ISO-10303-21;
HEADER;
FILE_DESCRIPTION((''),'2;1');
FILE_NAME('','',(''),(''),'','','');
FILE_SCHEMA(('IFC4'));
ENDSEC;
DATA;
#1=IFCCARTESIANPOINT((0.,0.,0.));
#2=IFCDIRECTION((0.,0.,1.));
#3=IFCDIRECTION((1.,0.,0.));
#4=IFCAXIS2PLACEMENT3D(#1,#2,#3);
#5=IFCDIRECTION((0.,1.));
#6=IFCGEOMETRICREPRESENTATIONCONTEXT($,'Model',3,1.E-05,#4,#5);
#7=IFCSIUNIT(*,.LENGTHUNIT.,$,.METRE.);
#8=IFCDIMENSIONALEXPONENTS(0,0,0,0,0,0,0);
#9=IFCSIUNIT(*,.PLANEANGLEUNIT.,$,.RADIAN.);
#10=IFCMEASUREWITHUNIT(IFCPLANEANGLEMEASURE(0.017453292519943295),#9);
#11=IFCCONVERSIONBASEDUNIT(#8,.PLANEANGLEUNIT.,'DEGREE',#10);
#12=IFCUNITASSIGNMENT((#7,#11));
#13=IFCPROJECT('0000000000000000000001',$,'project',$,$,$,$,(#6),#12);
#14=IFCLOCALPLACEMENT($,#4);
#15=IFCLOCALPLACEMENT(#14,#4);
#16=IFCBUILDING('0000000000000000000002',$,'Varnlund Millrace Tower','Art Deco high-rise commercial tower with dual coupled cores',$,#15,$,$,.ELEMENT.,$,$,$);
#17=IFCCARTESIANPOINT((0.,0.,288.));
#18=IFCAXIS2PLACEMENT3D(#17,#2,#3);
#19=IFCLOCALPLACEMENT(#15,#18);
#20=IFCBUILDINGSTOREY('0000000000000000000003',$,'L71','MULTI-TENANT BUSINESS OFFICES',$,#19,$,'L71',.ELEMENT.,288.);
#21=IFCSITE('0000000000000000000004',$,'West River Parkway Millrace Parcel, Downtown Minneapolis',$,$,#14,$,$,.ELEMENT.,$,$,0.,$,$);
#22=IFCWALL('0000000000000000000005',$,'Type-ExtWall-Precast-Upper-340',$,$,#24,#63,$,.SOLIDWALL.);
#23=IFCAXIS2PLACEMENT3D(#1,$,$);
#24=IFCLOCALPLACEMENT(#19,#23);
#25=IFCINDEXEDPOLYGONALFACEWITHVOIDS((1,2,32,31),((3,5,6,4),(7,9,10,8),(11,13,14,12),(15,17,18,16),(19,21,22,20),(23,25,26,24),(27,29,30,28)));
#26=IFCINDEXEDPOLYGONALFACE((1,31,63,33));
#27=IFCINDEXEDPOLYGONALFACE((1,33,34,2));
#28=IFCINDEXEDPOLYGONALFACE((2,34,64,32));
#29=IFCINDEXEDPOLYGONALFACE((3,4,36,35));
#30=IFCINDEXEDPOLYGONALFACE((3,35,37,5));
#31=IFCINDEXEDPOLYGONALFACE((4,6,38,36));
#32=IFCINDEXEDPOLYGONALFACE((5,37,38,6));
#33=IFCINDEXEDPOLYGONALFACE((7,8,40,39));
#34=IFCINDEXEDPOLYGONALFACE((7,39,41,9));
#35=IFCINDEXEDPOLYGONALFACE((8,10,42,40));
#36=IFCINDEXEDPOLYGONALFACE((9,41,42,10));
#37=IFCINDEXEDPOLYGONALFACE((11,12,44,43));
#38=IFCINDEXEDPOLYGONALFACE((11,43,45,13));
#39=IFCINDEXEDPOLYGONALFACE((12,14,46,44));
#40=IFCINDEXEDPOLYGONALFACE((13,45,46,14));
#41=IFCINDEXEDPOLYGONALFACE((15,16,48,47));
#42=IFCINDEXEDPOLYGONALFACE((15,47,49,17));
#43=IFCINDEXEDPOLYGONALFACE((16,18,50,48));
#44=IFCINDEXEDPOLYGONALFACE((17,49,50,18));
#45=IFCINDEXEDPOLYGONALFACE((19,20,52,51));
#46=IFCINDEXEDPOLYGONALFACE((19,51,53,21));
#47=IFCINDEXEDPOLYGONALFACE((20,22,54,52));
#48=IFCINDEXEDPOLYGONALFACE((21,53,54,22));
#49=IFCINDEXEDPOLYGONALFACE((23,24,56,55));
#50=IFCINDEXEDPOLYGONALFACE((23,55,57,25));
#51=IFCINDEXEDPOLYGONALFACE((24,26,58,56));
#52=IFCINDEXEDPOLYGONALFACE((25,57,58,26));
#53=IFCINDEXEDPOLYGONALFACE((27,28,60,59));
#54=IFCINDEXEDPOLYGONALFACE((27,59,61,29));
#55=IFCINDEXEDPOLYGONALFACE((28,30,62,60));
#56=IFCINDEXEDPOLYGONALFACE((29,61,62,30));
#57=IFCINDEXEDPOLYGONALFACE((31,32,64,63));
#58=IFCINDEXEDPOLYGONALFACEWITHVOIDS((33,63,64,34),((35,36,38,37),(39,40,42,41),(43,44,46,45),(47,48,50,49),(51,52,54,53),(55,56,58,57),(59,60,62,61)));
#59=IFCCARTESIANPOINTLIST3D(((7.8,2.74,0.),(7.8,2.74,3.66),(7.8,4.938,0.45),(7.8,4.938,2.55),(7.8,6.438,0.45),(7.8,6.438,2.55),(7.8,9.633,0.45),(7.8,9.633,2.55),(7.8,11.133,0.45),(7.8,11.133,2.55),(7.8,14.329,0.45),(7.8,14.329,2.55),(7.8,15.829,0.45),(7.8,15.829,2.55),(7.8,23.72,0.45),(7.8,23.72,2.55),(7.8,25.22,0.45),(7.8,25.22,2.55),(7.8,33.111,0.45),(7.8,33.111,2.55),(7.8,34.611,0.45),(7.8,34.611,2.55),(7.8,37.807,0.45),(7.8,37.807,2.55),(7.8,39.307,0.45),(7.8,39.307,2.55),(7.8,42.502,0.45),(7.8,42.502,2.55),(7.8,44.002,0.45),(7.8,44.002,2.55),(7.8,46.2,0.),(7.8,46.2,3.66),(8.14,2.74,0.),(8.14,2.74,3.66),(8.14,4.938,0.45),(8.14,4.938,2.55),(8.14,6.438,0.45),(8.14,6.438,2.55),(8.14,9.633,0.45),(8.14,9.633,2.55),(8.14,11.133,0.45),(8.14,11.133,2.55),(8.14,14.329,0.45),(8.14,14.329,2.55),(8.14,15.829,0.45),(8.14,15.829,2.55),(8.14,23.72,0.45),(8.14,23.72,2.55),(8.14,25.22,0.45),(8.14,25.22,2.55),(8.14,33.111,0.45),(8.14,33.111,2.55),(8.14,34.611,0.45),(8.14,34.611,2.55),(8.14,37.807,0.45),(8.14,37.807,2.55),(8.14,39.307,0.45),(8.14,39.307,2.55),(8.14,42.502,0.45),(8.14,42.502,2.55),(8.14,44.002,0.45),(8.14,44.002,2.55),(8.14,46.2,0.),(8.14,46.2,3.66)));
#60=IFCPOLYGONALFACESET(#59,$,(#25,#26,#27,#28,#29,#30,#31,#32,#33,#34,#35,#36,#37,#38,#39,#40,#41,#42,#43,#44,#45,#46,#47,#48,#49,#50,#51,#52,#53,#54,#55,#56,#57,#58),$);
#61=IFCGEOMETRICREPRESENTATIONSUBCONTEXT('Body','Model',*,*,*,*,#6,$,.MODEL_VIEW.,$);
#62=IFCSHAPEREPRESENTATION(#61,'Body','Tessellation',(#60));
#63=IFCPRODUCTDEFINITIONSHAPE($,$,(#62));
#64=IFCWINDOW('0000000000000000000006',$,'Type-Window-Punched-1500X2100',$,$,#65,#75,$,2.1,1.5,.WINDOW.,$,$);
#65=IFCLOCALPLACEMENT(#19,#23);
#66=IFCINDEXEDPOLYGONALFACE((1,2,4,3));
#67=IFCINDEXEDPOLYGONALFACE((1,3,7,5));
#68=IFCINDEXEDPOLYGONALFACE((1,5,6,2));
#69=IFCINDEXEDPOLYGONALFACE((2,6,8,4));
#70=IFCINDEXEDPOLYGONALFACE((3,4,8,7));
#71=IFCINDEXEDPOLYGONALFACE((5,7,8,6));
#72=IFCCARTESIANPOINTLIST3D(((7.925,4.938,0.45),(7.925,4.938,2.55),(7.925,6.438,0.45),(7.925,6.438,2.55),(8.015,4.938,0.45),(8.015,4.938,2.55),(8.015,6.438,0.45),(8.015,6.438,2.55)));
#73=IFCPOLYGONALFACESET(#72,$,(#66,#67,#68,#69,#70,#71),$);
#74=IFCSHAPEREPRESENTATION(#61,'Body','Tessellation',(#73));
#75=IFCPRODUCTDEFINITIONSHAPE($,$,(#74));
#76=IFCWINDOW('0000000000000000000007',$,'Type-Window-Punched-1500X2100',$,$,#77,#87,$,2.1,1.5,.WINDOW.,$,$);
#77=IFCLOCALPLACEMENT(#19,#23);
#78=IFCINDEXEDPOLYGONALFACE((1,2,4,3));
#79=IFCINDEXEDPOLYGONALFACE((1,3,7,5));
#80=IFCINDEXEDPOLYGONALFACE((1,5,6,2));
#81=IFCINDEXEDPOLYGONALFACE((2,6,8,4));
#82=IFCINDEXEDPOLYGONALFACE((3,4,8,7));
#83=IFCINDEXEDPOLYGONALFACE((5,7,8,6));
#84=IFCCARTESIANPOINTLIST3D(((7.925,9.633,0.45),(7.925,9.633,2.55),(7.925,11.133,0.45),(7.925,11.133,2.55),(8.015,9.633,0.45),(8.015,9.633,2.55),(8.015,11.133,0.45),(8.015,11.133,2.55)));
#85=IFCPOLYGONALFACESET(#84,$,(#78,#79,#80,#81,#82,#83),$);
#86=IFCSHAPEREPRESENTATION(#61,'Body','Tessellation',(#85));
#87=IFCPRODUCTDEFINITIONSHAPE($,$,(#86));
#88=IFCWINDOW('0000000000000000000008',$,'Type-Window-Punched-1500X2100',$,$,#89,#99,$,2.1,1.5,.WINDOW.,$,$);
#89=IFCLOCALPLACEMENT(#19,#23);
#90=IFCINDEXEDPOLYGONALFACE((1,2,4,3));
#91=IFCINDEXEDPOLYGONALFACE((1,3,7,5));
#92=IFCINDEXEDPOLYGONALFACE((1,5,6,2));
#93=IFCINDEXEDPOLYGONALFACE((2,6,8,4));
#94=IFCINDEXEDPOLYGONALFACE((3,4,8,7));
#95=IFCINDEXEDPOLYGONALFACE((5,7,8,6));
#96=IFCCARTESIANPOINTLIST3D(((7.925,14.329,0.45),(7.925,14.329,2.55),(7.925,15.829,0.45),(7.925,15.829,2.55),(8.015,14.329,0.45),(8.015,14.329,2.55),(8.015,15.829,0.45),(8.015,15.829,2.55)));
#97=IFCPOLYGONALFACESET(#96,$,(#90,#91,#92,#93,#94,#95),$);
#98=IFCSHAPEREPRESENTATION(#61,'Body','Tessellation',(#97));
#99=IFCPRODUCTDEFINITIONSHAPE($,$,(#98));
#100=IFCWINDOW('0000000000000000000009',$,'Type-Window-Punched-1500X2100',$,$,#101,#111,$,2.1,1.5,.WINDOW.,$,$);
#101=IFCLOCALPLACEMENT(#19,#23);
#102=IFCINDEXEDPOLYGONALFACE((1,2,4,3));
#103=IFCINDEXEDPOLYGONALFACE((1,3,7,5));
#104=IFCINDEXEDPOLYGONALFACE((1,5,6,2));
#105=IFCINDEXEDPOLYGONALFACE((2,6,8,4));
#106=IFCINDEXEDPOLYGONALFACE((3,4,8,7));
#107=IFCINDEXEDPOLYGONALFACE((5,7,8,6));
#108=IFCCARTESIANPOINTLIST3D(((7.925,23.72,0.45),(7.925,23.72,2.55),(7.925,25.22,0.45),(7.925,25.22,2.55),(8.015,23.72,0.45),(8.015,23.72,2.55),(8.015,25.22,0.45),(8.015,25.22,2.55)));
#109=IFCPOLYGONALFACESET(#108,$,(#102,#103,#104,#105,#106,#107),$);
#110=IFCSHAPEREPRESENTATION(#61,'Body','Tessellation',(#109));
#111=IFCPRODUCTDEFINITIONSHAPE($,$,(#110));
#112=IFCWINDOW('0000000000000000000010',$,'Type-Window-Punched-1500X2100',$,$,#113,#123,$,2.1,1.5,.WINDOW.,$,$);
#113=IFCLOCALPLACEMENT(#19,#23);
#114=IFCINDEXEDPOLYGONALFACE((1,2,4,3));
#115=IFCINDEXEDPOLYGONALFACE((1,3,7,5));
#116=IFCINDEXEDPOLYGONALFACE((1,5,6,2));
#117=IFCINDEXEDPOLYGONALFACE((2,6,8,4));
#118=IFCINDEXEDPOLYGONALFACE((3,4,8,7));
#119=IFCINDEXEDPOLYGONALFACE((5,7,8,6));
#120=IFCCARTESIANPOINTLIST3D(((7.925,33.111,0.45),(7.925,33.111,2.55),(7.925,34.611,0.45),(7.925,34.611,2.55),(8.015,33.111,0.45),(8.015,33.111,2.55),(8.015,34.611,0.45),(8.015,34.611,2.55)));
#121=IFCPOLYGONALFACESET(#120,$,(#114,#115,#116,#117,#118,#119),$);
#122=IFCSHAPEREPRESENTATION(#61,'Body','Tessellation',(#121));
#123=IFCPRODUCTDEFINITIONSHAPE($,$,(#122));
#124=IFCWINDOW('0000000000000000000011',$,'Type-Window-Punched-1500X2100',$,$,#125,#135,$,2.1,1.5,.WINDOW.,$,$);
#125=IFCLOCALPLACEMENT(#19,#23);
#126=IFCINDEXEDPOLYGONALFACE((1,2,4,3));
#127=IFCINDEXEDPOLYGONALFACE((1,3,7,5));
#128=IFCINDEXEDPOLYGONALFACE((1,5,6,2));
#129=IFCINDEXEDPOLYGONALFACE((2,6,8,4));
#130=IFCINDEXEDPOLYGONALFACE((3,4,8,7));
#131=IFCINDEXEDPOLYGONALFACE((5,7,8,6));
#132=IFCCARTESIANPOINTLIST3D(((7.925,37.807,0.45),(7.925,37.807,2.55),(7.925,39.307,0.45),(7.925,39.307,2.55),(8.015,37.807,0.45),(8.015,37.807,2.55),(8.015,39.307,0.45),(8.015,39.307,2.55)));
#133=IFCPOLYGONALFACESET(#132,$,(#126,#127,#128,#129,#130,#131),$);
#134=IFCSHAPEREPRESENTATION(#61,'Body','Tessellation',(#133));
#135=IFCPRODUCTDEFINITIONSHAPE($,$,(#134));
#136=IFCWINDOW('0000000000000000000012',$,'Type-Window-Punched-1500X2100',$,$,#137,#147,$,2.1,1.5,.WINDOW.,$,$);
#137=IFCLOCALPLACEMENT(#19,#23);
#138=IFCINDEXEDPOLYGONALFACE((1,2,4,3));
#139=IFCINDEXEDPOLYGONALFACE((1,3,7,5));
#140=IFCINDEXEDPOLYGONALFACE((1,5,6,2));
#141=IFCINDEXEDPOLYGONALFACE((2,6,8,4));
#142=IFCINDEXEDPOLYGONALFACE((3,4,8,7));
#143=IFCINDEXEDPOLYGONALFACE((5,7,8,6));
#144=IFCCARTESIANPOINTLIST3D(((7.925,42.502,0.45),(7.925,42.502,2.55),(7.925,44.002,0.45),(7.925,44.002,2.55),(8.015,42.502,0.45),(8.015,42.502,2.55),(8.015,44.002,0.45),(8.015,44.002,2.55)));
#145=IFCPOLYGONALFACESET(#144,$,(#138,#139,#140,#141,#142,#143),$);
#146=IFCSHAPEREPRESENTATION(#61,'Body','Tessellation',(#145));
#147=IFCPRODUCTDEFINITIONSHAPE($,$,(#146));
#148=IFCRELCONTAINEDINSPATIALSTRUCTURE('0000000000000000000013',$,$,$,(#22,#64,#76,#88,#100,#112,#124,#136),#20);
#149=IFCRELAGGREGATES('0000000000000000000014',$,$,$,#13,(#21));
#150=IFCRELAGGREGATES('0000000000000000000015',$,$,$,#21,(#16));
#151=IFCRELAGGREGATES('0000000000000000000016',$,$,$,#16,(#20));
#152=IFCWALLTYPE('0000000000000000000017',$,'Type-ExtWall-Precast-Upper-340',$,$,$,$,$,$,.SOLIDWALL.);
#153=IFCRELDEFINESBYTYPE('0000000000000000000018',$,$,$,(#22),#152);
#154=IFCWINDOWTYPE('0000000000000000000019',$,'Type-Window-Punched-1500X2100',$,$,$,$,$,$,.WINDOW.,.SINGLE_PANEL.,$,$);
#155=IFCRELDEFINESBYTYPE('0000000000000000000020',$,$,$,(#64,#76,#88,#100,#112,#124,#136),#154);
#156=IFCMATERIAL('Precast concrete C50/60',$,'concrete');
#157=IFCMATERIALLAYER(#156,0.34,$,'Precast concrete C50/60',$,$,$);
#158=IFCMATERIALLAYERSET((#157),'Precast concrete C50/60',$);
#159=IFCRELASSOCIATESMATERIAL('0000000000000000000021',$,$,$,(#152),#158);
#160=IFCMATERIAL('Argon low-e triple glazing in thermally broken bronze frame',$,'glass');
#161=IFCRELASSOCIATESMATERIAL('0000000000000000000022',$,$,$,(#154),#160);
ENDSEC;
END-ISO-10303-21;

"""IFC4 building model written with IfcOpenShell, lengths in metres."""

from ifc_helpers import new_model, entity, si_unit, converted_unit, direction, frame, origin_with_axes, origin_2d_with_axis, place, context, subcontext, project, spatial, polyline, rectangle, outline, extrude, material, layer, layer_set, type_object, element, fill, save


model = new_model("IFC4")

# Units and contexts
model_context = context("Model", 3, precision=1e-05, world=origin_with_axes(), true_north=direction((0.0, 1.0)))
body_context = subcontext(model_context, "Body", "Model", "MODEL_VIEW")
ifc_project = project(units=[si_unit("LENGTHUNIT", "METRE"), converted_unit("PLANEANGLEUNIT", "DEGREE", entity("IfcPlaneAngleMeasure", 0.017453292519943295), si_unit("PLANEANGLEUNIT", "RADIAN"), dimensions=[0, 0, 0, 0, 0, 0, 0])], contexts=[model_context])

# Site, building, storey
site_placement = place(None, origin_with_axes())
site = spatial("IfcSite", under=ifc_project, at=site_placement, Name="West River Parkway Millrace Parcel, Downtown Minneapolis", CompositionType="ELEMENT", RefElevation=0.0)
building_placement = place(site_placement, origin_with_axes())
building = spatial("IfcBuilding", under=site, at=building_placement, Name="Varnlund Millrace Tower", Description="Art Deco high-rise commercial tower with dual coupled cores", CompositionType="ELEMENT")
storey_placement = place(building_placement, frame((0.0, 0.0, 288.0), z_axis=(0.0, 0.0, 1.0), x_axis=(1.0, 0.0, 0.0)))
storey = spatial("IfcBuildingStorey", under=building, at=storey_placement, Name="L71", Description="MULTI-TENANT BUSINESS OFFICES", LongName="L71", CompositionType="ELEMENT", Elevation=288.0)

# Shared definitions
ifc_material_1 = material(Name="Precast concrete C50/60", Category="concrete")
ifc_layer_1 = layer(ifc_material_1, 0.34, Name="Precast concrete C50/60")
ifc_layer_set_1 = layer_set([ifc_layer_1], Name="Precast concrete C50/60")
wall_type_1 = type_object("IfcWallType", Name="Type-ExtWall-Precast-Upper-340", PredefinedType="SOLIDWALL", material=ifc_layer_set_1)

# Wall, openings, windows
wall_1_placement = place(storey_placement, frame((7.97, 2.74, 0.0), z_axis=(0.0, 0.0, 1.0), x_axis=(0.0, 1.0, 0.0)))
wall_1 = element("IfcWall", 1, at=wall_1_placement, inside=storey, type_object=wall_type_1, Name="Type-ExtWall-Precast-Upper-340", PredefinedType="SOLIDWALL", context=body_context, shape_type="SweptSolid", body=[
    extrude(outline(polyline([(0.0, -0.17), (43.46, -0.17), (43.46, 0.17), (0.0, 0.17), (0.0, -0.17)])), origin_with_axes(), (0.0, 0.0, 1.0), 3.66),
])
opening_1_placement = place(wall_1_placement, frame((2.948, 0.0, 0.45), z_axis=(0.0, 0.0, 1.0), x_axis=(1.0, 0.0, 0.0)))
opening_1 = element("IfcOpeningElement", 2, at=opening_1_placement, cuts=wall_1, PredefinedType="OPENING", context=body_context, shape_type="SweptSolid", body=[
    extrude(rectangle(XDim=1.5, YDim=0.36, at=origin_2d_with_axis()), origin_with_axes(), (0.0, 0.0, 1.0), 2.1),
])
opening_2_placement = place(wall_1_placement, frame((7.643, 0.0, 0.45), z_axis=(0.0, 0.0, 1.0), x_axis=(1.0, 0.0, 0.0)))
opening_2 = element("IfcOpeningElement", 3, at=opening_2_placement, cuts=wall_1, PredefinedType="OPENING", context=body_context, shape_type="SweptSolid", body=[
    extrude(rectangle(XDim=1.5, YDim=0.36, at=origin_2d_with_axis()), origin_with_axes(), (0.0, 0.0, 1.0), 2.1),
])
opening_3_placement = place(wall_1_placement, frame((12.339, 0.0, 0.45), z_axis=(0.0, 0.0, 1.0), x_axis=(1.0, 0.0, 0.0)))
opening_3 = element("IfcOpeningElement", 4, at=opening_3_placement, cuts=wall_1, PredefinedType="OPENING", context=body_context, shape_type="SweptSolid", body=[
    extrude(rectangle(XDim=1.5, YDim=0.36, at=origin_2d_with_axis()), origin_with_axes(), (0.0, 0.0, 1.0), 2.1),
])
opening_4_placement = place(wall_1_placement, frame((21.73, 0.0, 0.45), z_axis=(0.0, 0.0, 1.0), x_axis=(1.0, 0.0, 0.0)))
opening_4 = element("IfcOpeningElement", 5, at=opening_4_placement, cuts=wall_1, PredefinedType="OPENING", context=body_context, shape_type="SweptSolid", body=[
    extrude(rectangle(XDim=1.5, YDim=0.36, at=origin_2d_with_axis()), origin_with_axes(), (0.0, 0.0, 1.0), 2.1),
])
opening_5_placement = place(wall_1_placement, frame((31.121, 0.0, 0.45), z_axis=(0.0, 0.0, 1.0), x_axis=(1.0, 0.0, 0.0)))
opening_5 = element("IfcOpeningElement", 6, at=opening_5_placement, cuts=wall_1, PredefinedType="OPENING", context=body_context, shape_type="SweptSolid", body=[
    extrude(rectangle(XDim=1.5, YDim=0.36, at=origin_2d_with_axis()), origin_with_axes(), (0.0, 0.0, 1.0), 2.1),
])
opening_6_placement = place(wall_1_placement, frame((35.817, 0.0, 0.45), z_axis=(0.0, 0.0, 1.0), x_axis=(1.0, 0.0, 0.0)))
opening_6 = element("IfcOpeningElement", 7, at=opening_6_placement, cuts=wall_1, PredefinedType="OPENING", context=body_context, shape_type="SweptSolid", body=[
    extrude(rectangle(XDim=1.5, YDim=0.36, at=origin_2d_with_axis()), origin_with_axes(), (0.0, 0.0, 1.0), 2.1),
])
opening_7_placement = place(wall_1_placement, frame((40.512, 0.0, 0.45), z_axis=(0.0, 0.0, 1.0), x_axis=(1.0, 0.0, 0.0)))
opening_7 = element("IfcOpeningElement", 8, at=opening_7_placement, cuts=wall_1, PredefinedType="OPENING", context=body_context, shape_type="SweptSolid", body=[
    extrude(rectangle(XDim=1.5, YDim=0.36, at=origin_2d_with_axis()), origin_with_axes(), (0.0, 0.0, 1.0), 2.1),
])
ifc_material_2 = material(Name="Argon low-e triple glazing in thermally broken bronze frame", Category="glass")
window_type = type_object("IfcWindowType", Name="Type-Window-Punched-1500X2100", PartitioningType="SINGLE_PANEL", PredefinedType="WINDOW", material=ifc_material_2)
window_1_placement = place(wall_1_placement, frame((2.948, 0.0, 0.45), z_axis=(0.0, 0.0, 1.0), x_axis=(1.0, 0.0, 0.0)))
window_1 = element("IfcWindow", 9, at=window_1_placement, inside=storey, type_object=window_type, Name="Type-Window-Punched-1500X2100", OverallHeight=2.1, OverallWidth=1.5, PredefinedType="WINDOW", context=body_context, shape_type="SweptSolid", body=[
    extrude(rectangle(XDim=1.5, YDim=0.09, at=origin_2d_with_axis()), origin_with_axes(), (0.0, 0.0, 1.0), 2.1),
])
fill(opening_1, window_1)
window_2_placement = place(wall_1_placement, frame((7.643, 0.0, 0.45), z_axis=(0.0, 0.0, 1.0), x_axis=(1.0, 0.0, 0.0)))
window_2 = element("IfcWindow", 10, at=window_2_placement, inside=storey, type_object=window_type, Name="Type-Window-Punched-1500X2100", OverallHeight=2.1, OverallWidth=1.5, PredefinedType="WINDOW", context=body_context, shape_type="SweptSolid", body=[
    extrude(rectangle(XDim=1.5, YDim=0.09, at=origin_2d_with_axis()), origin_with_axes(), (0.0, 0.0, 1.0), 2.1),
])
fill(opening_2, window_2)
window_3_placement = place(wall_1_placement, frame((12.339, 0.0, 0.45), z_axis=(0.0, 0.0, 1.0), x_axis=(1.0, 0.0, 0.0)))
window_3 = element("IfcWindow", 11, at=window_3_placement, inside=storey, type_object=window_type, Name="Type-Window-Punched-1500X2100", OverallHeight=2.1, OverallWidth=1.5, PredefinedType="WINDOW", context=body_context, shape_type="SweptSolid", body=[
    extrude(rectangle(XDim=1.5, YDim=0.09, at=origin_2d_with_axis()), origin_with_axes(), (0.0, 0.0, 1.0), 2.1),
])
fill(opening_3, window_3)
window_4_placement = place(wall_1_placement, frame((21.73, 0.0, 0.45), z_axis=(0.0, 0.0, 1.0), x_axis=(1.0, 0.0, 0.0)))
window_4 = element("IfcWindow", 12, at=window_4_placement, inside=storey, type_object=window_type, Name="Type-Window-Punched-1500X2100", OverallHeight=2.1, OverallWidth=1.5, PredefinedType="WINDOW", context=body_context, shape_type="SweptSolid", body=[
    extrude(rectangle(XDim=1.5, YDim=0.09, at=origin_2d_with_axis()), origin_with_axes(), (0.0, 0.0, 1.0), 2.1),
])
fill(opening_4, window_4)
window_5_placement = place(wall_1_placement, frame((31.121, 0.0, 0.45), z_axis=(0.0, 0.0, 1.0), x_axis=(1.0, 0.0, 0.0)))
window_5 = element("IfcWindow", 13, at=window_5_placement, inside=storey, type_object=window_type, Name="Type-Window-Punched-1500X2100", OverallHeight=2.1, OverallWidth=1.5, PredefinedType="WINDOW", context=body_context, shape_type="SweptSolid", body=[
    extrude(rectangle(XDim=1.5, YDim=0.09, at=origin_2d_with_axis()), origin_with_axes(), (0.0, 0.0, 1.0), 2.1),
])
fill(opening_5, window_5)
window_6_placement = place(wall_1_placement, frame((35.817, 0.0, 0.45), z_axis=(0.0, 0.0, 1.0), x_axis=(1.0, 0.0, 0.0)))
window_6 = element("IfcWindow", 14, at=window_6_placement, inside=storey, type_object=window_type, Name="Type-Window-Punched-1500X2100", OverallHeight=2.1, OverallWidth=1.5, PredefinedType="WINDOW", context=body_context, shape_type="SweptSolid", body=[
    extrude(rectangle(XDim=1.5, YDim=0.09, at=origin_2d_with_axis()), origin_with_axes(), (0.0, 0.0, 1.0), 2.1),
])
fill(opening_6, window_6)
window_7_placement = place(wall_1_placement, frame((40.512, 0.0, 0.45), z_axis=(0.0, 0.0, 1.0), x_axis=(1.0, 0.0, 0.0)))
window_7 = element("IfcWindow", 15, at=window_7_placement, inside=storey, type_object=window_type, Name="Type-Window-Punched-1500X2100", OverallHeight=2.1, OverallWidth=1.5, PredefinedType="WINDOW", context=body_context, shape_type="SweptSolid", body=[
    extrude(rectangle(XDim=1.5, YDim=0.09, at=origin_2d_with_axis()), origin_with_axes(), (0.0, 0.0, 1.0), 2.1),
])
fill(opening_7, window_7)

save(model, "model.ifc")
